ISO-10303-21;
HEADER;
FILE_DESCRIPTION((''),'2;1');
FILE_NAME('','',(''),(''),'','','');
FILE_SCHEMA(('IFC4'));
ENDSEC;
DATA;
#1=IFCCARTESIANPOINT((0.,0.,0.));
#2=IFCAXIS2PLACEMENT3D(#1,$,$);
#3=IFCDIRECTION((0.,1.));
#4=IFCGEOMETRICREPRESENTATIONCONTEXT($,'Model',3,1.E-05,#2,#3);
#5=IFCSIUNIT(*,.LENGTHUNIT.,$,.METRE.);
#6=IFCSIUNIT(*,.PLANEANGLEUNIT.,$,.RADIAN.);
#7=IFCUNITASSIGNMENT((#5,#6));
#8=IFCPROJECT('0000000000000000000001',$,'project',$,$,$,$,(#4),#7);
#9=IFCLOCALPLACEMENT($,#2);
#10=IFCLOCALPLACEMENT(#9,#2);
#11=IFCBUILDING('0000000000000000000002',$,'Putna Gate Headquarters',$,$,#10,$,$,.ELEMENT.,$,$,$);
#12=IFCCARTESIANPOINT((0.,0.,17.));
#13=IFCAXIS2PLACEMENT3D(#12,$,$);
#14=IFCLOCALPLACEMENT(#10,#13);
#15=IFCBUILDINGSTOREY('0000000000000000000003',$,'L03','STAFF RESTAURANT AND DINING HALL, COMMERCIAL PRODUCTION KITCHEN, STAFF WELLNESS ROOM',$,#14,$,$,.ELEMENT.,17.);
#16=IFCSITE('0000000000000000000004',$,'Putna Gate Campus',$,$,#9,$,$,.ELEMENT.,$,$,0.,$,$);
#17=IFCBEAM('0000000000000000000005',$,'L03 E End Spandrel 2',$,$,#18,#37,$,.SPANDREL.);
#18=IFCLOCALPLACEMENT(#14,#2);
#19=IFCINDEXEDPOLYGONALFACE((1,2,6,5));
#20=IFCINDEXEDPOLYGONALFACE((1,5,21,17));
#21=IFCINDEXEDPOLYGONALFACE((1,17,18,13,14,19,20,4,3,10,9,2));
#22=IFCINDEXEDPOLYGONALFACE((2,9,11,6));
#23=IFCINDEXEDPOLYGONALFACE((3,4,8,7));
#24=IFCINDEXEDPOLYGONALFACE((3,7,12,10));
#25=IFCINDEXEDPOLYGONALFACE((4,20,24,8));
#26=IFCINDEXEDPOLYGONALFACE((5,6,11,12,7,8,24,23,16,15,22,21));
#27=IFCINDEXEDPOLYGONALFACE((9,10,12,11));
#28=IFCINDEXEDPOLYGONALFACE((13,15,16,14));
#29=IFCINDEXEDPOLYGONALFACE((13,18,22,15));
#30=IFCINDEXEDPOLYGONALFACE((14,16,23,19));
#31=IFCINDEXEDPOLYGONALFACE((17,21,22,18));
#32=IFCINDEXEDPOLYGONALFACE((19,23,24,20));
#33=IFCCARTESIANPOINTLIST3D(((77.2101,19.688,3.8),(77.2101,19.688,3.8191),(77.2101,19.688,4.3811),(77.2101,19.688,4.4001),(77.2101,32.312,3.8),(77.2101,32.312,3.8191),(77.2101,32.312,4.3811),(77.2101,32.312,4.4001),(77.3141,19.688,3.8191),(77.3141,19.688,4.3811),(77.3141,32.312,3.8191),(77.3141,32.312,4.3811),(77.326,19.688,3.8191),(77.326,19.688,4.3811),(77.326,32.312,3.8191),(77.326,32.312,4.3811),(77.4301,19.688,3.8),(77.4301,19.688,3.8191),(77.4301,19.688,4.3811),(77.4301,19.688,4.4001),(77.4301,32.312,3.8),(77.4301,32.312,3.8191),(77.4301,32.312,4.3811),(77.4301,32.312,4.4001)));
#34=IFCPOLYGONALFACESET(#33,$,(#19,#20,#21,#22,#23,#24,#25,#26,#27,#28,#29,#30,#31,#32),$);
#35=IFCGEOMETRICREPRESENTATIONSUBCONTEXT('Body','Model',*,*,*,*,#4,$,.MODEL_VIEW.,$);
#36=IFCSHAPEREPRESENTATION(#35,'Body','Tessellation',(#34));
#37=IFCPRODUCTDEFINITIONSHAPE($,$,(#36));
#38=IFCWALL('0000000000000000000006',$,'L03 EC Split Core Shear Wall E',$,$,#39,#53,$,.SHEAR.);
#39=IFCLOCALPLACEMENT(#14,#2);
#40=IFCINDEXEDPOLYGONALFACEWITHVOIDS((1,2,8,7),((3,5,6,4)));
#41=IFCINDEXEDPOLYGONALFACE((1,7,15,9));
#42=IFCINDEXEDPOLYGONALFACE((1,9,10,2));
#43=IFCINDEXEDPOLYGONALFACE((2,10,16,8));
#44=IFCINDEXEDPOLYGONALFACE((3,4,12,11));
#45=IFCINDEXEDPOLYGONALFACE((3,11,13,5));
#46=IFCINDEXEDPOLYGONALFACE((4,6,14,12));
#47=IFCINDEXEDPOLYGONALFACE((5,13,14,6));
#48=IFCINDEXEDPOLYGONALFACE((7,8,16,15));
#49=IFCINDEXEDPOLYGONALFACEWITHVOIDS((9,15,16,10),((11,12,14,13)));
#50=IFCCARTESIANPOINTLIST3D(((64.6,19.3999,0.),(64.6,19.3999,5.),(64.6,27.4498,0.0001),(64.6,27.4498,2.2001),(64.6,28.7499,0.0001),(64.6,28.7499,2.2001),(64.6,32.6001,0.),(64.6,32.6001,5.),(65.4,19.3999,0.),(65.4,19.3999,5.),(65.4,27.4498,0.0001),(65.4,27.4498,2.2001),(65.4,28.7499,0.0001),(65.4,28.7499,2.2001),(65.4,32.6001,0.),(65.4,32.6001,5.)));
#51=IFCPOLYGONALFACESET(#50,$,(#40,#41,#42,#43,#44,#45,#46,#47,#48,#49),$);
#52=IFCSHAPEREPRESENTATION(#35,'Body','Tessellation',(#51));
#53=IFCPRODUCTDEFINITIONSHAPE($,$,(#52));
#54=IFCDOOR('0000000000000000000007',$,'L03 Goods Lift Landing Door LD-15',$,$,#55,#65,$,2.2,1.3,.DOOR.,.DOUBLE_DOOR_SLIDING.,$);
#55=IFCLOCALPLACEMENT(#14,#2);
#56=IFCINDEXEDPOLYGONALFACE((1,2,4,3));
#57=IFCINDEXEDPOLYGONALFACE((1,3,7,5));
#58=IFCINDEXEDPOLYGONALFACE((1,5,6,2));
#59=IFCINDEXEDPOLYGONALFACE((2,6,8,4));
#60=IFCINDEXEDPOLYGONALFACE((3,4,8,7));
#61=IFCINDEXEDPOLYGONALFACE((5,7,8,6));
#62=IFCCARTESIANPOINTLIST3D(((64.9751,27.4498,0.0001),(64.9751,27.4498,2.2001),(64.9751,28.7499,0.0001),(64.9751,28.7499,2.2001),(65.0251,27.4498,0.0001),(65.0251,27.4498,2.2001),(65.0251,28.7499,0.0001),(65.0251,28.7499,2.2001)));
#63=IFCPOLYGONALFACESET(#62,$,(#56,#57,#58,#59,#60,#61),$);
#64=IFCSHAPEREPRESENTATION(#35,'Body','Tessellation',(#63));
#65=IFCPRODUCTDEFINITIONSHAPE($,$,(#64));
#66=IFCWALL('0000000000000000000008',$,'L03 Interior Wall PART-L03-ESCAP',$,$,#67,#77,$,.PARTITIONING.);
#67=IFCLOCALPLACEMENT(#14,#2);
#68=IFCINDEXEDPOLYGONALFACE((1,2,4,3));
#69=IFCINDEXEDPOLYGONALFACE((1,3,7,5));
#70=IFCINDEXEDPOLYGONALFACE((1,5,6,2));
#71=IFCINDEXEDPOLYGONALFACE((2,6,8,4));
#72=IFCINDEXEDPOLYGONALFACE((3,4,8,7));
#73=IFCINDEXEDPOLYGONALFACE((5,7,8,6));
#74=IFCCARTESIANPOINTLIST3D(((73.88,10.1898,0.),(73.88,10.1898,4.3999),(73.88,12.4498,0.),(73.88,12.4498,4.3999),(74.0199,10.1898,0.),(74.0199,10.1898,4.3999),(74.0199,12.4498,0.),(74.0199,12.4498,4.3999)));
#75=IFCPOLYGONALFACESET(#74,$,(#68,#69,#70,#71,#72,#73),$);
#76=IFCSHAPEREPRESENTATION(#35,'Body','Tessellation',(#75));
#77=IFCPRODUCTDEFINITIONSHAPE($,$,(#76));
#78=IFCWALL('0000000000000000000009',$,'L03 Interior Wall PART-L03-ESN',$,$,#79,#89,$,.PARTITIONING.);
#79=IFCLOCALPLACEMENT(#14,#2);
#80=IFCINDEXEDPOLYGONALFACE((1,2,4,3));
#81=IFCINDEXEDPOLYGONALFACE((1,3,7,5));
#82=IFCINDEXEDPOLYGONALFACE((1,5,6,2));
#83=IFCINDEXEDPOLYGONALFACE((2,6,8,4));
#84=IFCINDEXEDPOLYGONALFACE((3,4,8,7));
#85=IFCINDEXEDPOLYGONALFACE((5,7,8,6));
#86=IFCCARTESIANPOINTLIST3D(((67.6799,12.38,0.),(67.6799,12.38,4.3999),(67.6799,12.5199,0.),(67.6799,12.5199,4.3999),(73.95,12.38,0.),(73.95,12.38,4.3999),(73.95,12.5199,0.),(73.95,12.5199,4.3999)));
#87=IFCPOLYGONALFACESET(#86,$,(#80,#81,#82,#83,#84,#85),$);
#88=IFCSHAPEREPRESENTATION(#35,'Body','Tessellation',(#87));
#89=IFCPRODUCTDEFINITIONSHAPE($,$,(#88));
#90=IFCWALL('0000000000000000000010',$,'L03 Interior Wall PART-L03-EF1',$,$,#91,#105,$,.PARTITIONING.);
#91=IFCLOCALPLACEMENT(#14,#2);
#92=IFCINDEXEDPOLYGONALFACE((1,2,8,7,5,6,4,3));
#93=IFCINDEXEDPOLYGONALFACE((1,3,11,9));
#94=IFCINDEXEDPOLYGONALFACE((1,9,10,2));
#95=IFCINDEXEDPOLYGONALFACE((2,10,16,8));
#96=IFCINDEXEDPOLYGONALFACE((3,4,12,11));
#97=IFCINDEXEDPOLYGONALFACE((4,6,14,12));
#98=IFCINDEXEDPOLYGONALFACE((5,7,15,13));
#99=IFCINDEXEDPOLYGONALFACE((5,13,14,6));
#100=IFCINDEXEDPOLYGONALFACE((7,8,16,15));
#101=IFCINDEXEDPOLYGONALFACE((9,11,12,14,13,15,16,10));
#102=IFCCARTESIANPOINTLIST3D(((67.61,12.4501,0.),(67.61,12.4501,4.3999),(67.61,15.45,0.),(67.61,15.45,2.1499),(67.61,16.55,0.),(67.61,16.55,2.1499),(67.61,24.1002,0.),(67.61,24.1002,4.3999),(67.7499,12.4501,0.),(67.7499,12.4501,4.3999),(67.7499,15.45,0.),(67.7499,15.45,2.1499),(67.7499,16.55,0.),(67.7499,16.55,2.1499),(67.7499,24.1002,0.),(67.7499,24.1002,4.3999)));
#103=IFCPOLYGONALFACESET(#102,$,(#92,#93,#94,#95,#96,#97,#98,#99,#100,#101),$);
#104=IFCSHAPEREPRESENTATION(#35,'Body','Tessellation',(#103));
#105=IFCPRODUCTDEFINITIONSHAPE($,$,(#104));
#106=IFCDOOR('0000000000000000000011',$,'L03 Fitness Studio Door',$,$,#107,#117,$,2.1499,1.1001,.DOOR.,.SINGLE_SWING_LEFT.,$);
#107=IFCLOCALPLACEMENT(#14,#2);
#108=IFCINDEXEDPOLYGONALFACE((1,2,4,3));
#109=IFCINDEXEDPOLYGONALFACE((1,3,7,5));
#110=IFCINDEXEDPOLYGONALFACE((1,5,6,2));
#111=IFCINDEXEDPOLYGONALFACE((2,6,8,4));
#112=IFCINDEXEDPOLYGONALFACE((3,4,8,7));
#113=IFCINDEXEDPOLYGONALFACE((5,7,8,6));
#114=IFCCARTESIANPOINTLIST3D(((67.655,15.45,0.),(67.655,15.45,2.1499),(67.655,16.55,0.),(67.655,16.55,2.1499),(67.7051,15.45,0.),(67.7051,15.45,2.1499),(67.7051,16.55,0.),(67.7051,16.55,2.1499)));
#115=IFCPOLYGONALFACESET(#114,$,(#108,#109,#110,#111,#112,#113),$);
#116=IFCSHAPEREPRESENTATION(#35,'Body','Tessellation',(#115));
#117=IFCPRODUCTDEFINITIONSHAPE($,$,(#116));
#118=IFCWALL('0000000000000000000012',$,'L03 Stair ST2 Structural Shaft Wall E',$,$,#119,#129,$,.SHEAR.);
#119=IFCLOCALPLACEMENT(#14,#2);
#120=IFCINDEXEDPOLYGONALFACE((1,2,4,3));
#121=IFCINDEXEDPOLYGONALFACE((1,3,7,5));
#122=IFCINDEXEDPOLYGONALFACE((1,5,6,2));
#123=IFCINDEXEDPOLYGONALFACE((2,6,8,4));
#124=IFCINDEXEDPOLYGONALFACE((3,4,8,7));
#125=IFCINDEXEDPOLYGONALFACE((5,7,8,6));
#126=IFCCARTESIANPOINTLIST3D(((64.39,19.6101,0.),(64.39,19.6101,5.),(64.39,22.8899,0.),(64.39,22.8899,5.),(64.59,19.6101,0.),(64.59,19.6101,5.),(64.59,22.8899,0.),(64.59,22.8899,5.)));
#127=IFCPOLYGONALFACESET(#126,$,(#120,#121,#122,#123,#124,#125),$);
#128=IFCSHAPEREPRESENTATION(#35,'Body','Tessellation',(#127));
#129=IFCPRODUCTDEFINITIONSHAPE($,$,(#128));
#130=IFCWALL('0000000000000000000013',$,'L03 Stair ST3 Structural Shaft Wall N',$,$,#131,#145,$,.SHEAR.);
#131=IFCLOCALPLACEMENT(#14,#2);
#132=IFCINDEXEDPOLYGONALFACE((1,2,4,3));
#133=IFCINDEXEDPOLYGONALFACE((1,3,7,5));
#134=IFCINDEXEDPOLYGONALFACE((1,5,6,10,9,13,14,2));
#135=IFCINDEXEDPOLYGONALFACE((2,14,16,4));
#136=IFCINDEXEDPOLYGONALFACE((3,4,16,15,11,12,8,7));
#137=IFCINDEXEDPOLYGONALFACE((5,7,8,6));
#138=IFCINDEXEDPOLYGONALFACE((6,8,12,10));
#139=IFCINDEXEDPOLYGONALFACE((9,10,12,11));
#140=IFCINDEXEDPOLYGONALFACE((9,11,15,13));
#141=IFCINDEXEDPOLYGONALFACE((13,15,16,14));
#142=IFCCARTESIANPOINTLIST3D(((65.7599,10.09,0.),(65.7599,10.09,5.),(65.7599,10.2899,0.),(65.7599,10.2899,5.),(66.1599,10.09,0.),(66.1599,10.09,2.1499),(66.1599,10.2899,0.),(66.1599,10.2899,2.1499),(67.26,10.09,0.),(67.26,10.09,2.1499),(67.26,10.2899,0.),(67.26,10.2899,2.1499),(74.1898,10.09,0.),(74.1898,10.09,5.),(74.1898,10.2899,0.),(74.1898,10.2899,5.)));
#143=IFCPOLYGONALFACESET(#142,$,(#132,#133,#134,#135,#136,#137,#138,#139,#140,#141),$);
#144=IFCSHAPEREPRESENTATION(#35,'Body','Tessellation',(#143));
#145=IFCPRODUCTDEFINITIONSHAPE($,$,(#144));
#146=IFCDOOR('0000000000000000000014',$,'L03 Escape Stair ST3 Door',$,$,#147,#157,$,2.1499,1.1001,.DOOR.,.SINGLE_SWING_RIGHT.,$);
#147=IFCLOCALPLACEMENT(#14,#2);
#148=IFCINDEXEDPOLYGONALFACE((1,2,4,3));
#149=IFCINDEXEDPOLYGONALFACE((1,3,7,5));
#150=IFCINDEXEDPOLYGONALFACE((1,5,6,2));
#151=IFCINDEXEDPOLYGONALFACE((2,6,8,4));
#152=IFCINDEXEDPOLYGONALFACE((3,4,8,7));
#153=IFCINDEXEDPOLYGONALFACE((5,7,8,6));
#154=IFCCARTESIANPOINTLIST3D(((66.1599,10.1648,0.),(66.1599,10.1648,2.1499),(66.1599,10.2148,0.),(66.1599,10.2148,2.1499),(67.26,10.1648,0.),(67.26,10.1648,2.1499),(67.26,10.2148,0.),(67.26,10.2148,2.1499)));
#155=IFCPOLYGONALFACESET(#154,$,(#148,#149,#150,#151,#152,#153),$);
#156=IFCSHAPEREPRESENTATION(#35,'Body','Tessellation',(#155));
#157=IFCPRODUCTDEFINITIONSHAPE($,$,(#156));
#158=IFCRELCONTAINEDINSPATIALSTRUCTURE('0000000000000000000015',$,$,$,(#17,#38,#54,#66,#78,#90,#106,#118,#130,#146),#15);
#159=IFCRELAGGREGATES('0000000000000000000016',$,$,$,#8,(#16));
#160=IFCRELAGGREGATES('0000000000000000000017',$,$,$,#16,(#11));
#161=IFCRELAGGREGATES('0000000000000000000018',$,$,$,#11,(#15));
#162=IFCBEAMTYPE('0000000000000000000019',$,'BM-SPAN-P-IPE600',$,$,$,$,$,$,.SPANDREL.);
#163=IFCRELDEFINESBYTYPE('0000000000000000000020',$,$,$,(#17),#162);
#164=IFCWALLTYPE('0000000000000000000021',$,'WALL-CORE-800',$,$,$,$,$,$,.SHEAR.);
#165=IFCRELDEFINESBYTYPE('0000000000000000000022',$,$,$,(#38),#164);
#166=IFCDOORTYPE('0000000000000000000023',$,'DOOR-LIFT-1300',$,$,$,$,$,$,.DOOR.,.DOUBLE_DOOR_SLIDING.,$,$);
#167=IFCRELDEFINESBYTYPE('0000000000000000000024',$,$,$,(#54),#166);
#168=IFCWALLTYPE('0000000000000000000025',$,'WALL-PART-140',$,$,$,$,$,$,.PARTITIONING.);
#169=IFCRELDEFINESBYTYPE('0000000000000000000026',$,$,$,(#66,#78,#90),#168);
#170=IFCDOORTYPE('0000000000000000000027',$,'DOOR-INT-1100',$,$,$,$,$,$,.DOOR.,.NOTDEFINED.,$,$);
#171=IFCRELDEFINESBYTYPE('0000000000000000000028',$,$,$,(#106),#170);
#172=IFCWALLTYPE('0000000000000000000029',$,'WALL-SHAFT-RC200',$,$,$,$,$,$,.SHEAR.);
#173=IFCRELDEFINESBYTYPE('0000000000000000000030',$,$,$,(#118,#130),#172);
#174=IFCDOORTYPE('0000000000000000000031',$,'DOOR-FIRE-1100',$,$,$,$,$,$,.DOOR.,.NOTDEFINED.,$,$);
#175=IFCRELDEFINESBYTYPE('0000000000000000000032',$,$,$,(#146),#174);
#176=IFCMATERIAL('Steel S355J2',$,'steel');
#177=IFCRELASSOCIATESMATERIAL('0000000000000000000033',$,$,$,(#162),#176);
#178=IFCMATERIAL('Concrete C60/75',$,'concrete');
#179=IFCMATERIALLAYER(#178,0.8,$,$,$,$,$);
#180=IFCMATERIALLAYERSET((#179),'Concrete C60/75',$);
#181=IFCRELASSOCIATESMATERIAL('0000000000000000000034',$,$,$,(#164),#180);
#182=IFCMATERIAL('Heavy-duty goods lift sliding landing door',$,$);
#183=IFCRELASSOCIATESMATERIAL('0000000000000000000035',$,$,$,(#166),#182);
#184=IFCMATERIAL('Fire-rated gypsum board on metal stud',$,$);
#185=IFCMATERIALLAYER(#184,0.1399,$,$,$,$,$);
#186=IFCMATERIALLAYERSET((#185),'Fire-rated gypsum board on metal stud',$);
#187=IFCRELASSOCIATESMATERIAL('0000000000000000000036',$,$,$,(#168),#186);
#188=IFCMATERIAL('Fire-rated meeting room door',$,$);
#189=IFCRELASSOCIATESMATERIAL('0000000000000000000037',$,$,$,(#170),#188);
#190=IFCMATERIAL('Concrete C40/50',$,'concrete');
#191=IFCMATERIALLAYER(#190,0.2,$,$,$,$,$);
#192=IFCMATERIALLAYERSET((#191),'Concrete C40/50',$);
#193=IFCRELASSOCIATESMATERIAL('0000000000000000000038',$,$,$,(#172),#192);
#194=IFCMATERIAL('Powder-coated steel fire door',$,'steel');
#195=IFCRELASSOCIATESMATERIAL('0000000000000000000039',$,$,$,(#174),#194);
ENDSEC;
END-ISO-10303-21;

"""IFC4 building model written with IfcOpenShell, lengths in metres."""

from ifc_helpers import new_model, si_unit, direction, frame, frame_2d, origin, origin_2d, place, context, subcontext, project, spatial, rectangle, i_section, extrude, material, layer, layer_set, material_profile, profile_set, type_object, element, fill, save


model = new_model("IFC4")

# Units and contexts
model_context = context("Model", 3, precision=1e-05, world=origin(), true_north=direction((0.0, 1.0)))
body_context = subcontext(model_context, "Body", "Model", "MODEL_VIEW")
ifc_project = project(units=[si_unit("LENGTHUNIT", "METRE"), si_unit("PLANEANGLEUNIT", "RADIAN")], contexts=[model_context])

# Site, building, storey
site_placement = place(None, origin())
site = spatial("IfcSite", under=ifc_project, at=site_placement, Name="Putna Gate Campus", CompositionType="ELEMENT", RefElevation=0.0)
building_placement = place(site_placement, origin())
building = spatial("IfcBuilding", under=site, at=building_placement, Name="Putna Gate Headquarters", CompositionType="ELEMENT")
storey_placement = place(building_placement, frame((0.0, 0.0, 17.0)))
storey = spatial("IfcBuildingStorey", under=building, at=storey_placement, Name="L03", Description="STAFF RESTAURANT AND DINING HALL, COMMERCIAL PRODUCTION KITCHEN, STAFF WELLNESS ROOM", CompositionType="ELEMENT", Elevation=17.0)

# Shared definitions
ifc_material_1 = material(Name="Concrete C60/75", Category="concrete")

# Beam
ifc_material_2 = material(Name="Steel S355J2", Category="steel")
ifc_material_profile_1 = material_profile(ifc_material_2, i_section(OverallWidth=0.22, OverallDepth=0.6001, WebThickness=0.012, FlangeThickness=0.019, at=origin_2d()), Name="Steel S355J2")
ifc_profile_set_1 = profile_set([ifc_material_profile_1], Name="Steel S355J2")
beam_type_1 = type_object("IfcBeamType", Name="BM-SPAN-P-IPE600", PredefinedType="SPANDREL", material=ifc_profile_set_1)
beam_1_placement = place(storey_placement, frame((77.3201, 19.688, 4.1001), z_axis=(0.0, 1.0, 0.0), x_axis=(-1.0, 0.0, 0.0)))
element("IfcBeam", 1, at=beam_1_placement, inside=storey, type_object=beam_type_1, Name="L03 E End Spandrel 2", PredefinedType="SPANDREL", context=body_context, shape_type="SweptSolid", body=[
    extrude(i_section(OverallWidth=0.22, OverallDepth=0.6001, WebThickness=0.012, FlangeThickness=0.019, at=origin_2d()), origin(), (0.0, 0.0, 1.0), 12.624),
])

# Wall, opening, door
ifc_layer_1 = layer(ifc_material_1, 0.8)
ifc_layer_set_1 = layer_set([ifc_layer_1], Name="Concrete C60/75")
wall_type_1 = type_object("IfcWallType", Name="WALL-CORE-800", PredefinedType="SHEAR", material=ifc_layer_set_1)
wall_1_placement = place(storey_placement, frame((65.0, 19.3999, 0.0), z_axis=(0.0, 0.0, 1.0), x_axis=(0.0, 1.0, 0.0)))
wall_1 = element("IfcWall", 2, at=wall_1_placement, inside=storey, type_object=wall_type_1, Name="L03 EC Split Core Shear Wall E", PredefinedType="SHEAR", context=body_context, shape_type="SweptSolid", body=[
    extrude(rectangle(XDim=13.2002, YDim=0.8, at=frame_2d((6.6001, 0.0))), origin(), (0.0, 0.0, 1.0), 5.0),
])
opening_1_placement = place(wall_1_placement, frame((8.05, 0.0, 0.0)))
opening_1 = element("IfcOpeningElement", 3, at=opening_1_placement, cuts=wall_1, PredefinedType="OPENING", context=body_context, shape_type="SweptSolid", body=[
    extrude(rectangle(XDim=1.3, YDim=2.2, at=frame_2d((0.6499, 1.1001))), frame((0.0, 0.4099, 0.0), z_axis=(0.0, -1.0, 0.0), x_axis=(1.0, 0.0, 0.0)), (0.0, 0.0, 1.0), 0.8201),
])
ifc_material_3 = material(Name="Heavy-duty goods lift sliding landing door")
door_type_1 = type_object("IfcDoorType", Name="DOOR-LIFT-1300", OperationType="DOUBLE_DOOR_SLIDING", PredefinedType="DOOR", material=ifc_material_3)
door_1_placement = place(opening_1_placement, origin())
door_1 = element("IfcDoor", 4, at=door_1_placement, inside=storey, type_object=door_type_1, Name="L03 Goods Lift Landing Door LD-15", OperationType="DOUBLE_DOOR_SLIDING", OverallHeight=2.2, OverallWidth=1.3, PredefinedType="DOOR", context=body_context, shape_type="SweptSolid", body=[
    extrude(rectangle(XDim=1.3, YDim=2.2, at=frame_2d((0.6499, 1.1001))), frame((0.0, 0.0249, 0.0), z_axis=(0.0, -1.0, 0.0), x_axis=(1.0, 0.0, 0.0)), (0.0, 0.0, 1.0), 0.05),
])
fill(opening_1, door_1)

# Walls
ifc_material_4 = material(Name="Fire-rated gypsum board on metal stud")
ifc_layer_2 = layer(ifc_material_4, 0.1399)
ifc_layer_set_2 = layer_set([ifc_layer_2], Name="Fire-rated gypsum board on metal stud")
wall_type_2 = type_object("IfcWallType", Name="WALL-PART-140", PredefinedType="PARTITIONING", material=ifc_layer_set_2)
wall_2_placement = place(storey_placement, frame((73.95, 10.1899, 0.0), z_axis=(0.0, 0.0, 1.0), x_axis=(0.0, 1.0, 0.0)))
element("IfcWall", 5, at=wall_2_placement, inside=storey, type_object=wall_type_2, Name="L03 Interior Wall PART-L03-ESCAP", PredefinedType="PARTITIONING", context=body_context, shape_type="SweptSolid", body=[
    extrude(rectangle(XDim=2.26, YDim=0.1399, at=frame_2d((1.1299, 0.0))), origin(), (0.0, 0.0, 1.0), 4.3999),
])
wall_3_placement = place(storey_placement, frame((67.6799, 12.45, 0.0), z_axis=(0.0, 0.0, 1.0), x_axis=(1.0, 0.0, 0.0)))
element("IfcWall", 6, at=wall_3_placement, inside=storey, type_object=wall_type_2, Name="L03 Interior Wall PART-L03-ESN", PredefinedType="PARTITIONING", context=body_context, shape_type="SweptSolid", body=[
    extrude(rectangle(XDim=6.27, YDim=0.1399, at=frame_2d((3.135, 0.0))), origin(), (0.0, 0.0, 1.0), 4.3999),
])

# Wall, opening, door
wall_4_placement = place(storey_placement, frame((67.6799, 12.45, 0.0), z_axis=(0.0, 0.0, 1.0), x_axis=(0.0, 1.0, 0.0)))
wall_4 = element("IfcWall", 7, at=wall_4_placement, inside=storey, type_object=wall_type_2, Name="L03 Interior Wall PART-L03-EF1", PredefinedType="PARTITIONING", context=body_context, shape_type="SweptSolid", body=[
    extrude(rectangle(XDim=11.6501, YDim=0.1399, at=frame_2d((5.8252, 0.0))), origin(), (0.0, 0.0, 1.0), 4.3999),
])
opening_2_placement = place(wall_4_placement, frame((3.0, 0.0, 0.0)))
opening_2 = element("IfcOpeningElement", 8, at=opening_2_placement, cuts=wall_4, PredefinedType="OPENING", context=body_context, shape_type="SweptSolid", body=[
    extrude(rectangle(XDim=1.1001, YDim=2.1499, at=frame_2d((0.55, 1.075))), frame((0.0, 0.0798, 0.0), z_axis=(0.0, -1.0, 0.0), x_axis=(1.0, 0.0, 0.0)), (0.0, 0.0, 1.0), 0.1599),
])
ifc_material_5 = material(Name="Fire-rated meeting room door")
door_type_2 = type_object("IfcDoorType", Name="DOOR-INT-1100", OperationType="NOTDEFINED", PredefinedType="DOOR", material=ifc_material_5)
door_2_placement = place(opening_2_placement, origin())
door_2 = element("IfcDoor", 9, at=door_2_placement, inside=storey, type_object=door_type_2, Name="L03 Fitness Studio Door", OperationType="SINGLE_SWING_LEFT", OverallHeight=2.1499, OverallWidth=1.1001, PredefinedType="DOOR", context=body_context, shape_type="SweptSolid", body=[
    extrude(rectangle(XDim=1.1001, YDim=2.1499, at=frame_2d((0.55, 1.075))), frame((0.0, 0.0249, 0.0), z_axis=(0.0, -1.0, 0.0), x_axis=(1.0, 0.0, 0.0)), (0.0, 0.0, 1.0), 0.05),
])
fill(opening_2, door_2)

# Wall
ifc_material_6 = material(Name="Concrete C40/50", Category="concrete")
ifc_layer_3 = layer(ifc_material_6, 0.2)
ifc_layer_set_3 = layer_set([ifc_layer_3], Name="Concrete C40/50")
wall_type_3 = type_object("IfcWallType", Name="WALL-SHAFT-RC200", PredefinedType="SHEAR", material=ifc_layer_set_3)
wall_5_placement = place(storey_placement, frame((64.49, 19.6101, 0.0), z_axis=(0.0, 0.0, 1.0), x_axis=(0.0, 1.0, 0.0)))
element("IfcWall", 10, at=wall_5_placement, inside=storey, type_object=wall_type_3, Name="L03 Stair ST2 Structural Shaft Wall E", PredefinedType="SHEAR", context=body_context, shape_type="SweptSolid", body=[
    extrude(rectangle(XDim=3.2798, YDim=0.2, at=frame_2d((1.6399, 0.0))), origin(), (0.0, 0.0, 1.0), 5.0),
])

# Wall, opening, door
wall_6_placement = place(storey_placement, frame((65.76, 10.1899, 0.0), z_axis=(0.0, 0.0, 1.0), x_axis=(1.0, 0.0, 0.0)))
wall_6 = element("IfcWall", 11, at=wall_6_placement, inside=storey, type_object=wall_type_3, Name="L03 Stair ST3 Structural Shaft Wall N", PredefinedType="SHEAR", context=body_context, shape_type="SweptSolid", body=[
    extrude(rectangle(XDim=8.4299, YDim=0.2, at=frame_2d((4.2148, 0.0))), origin(), (0.0, 0.0, 1.0), 5.0),
])
opening_3_placement = place(wall_6_placement, frame((0.3999, 0.0, 0.0)))
opening_3 = element("IfcOpeningElement", 12, at=opening_3_placement, cuts=wall_6, PredefinedType="OPENING", context=body_context, shape_type="SweptSolid", body=[
    extrude(rectangle(XDim=1.1001, YDim=2.1499, at=frame_2d((0.55, 1.075))), frame((0.0, 0.1099, 0.0), z_axis=(0.0, -1.0, 0.0), x_axis=(1.0, 0.0, 0.0)), (0.0, 0.0, 1.0), 0.22),
])
ifc_material_7 = material(Name="Powder-coated steel fire door", Category="steel")
door_type_3 = type_object("IfcDoorType", Name="DOOR-FIRE-1100", OperationType="NOTDEFINED", PredefinedType="DOOR", material=ifc_material_7)
door_3_placement = place(opening_3_placement, origin())
door_3 = element("IfcDoor", 13, at=door_3_placement, inside=storey, type_object=door_type_3, Name="L03 Escape Stair ST3 Door", OperationType="SINGLE_SWING_RIGHT", OverallHeight=2.1499, OverallWidth=1.1001, PredefinedType="DOOR", context=body_context, shape_type="SweptSolid", body=[
    extrude(rectangle(XDim=1.1001, YDim=2.1499, at=frame_2d((0.55, 1.075))), frame((0.0, 0.0249, 0.0), z_axis=(0.0, -1.0, 0.0), x_axis=(1.0, 0.0, 0.0)), (0.0, 0.0, 1.0), 0.05),
])
fill(opening_3, door_3)

save(model, "model.ifc")
